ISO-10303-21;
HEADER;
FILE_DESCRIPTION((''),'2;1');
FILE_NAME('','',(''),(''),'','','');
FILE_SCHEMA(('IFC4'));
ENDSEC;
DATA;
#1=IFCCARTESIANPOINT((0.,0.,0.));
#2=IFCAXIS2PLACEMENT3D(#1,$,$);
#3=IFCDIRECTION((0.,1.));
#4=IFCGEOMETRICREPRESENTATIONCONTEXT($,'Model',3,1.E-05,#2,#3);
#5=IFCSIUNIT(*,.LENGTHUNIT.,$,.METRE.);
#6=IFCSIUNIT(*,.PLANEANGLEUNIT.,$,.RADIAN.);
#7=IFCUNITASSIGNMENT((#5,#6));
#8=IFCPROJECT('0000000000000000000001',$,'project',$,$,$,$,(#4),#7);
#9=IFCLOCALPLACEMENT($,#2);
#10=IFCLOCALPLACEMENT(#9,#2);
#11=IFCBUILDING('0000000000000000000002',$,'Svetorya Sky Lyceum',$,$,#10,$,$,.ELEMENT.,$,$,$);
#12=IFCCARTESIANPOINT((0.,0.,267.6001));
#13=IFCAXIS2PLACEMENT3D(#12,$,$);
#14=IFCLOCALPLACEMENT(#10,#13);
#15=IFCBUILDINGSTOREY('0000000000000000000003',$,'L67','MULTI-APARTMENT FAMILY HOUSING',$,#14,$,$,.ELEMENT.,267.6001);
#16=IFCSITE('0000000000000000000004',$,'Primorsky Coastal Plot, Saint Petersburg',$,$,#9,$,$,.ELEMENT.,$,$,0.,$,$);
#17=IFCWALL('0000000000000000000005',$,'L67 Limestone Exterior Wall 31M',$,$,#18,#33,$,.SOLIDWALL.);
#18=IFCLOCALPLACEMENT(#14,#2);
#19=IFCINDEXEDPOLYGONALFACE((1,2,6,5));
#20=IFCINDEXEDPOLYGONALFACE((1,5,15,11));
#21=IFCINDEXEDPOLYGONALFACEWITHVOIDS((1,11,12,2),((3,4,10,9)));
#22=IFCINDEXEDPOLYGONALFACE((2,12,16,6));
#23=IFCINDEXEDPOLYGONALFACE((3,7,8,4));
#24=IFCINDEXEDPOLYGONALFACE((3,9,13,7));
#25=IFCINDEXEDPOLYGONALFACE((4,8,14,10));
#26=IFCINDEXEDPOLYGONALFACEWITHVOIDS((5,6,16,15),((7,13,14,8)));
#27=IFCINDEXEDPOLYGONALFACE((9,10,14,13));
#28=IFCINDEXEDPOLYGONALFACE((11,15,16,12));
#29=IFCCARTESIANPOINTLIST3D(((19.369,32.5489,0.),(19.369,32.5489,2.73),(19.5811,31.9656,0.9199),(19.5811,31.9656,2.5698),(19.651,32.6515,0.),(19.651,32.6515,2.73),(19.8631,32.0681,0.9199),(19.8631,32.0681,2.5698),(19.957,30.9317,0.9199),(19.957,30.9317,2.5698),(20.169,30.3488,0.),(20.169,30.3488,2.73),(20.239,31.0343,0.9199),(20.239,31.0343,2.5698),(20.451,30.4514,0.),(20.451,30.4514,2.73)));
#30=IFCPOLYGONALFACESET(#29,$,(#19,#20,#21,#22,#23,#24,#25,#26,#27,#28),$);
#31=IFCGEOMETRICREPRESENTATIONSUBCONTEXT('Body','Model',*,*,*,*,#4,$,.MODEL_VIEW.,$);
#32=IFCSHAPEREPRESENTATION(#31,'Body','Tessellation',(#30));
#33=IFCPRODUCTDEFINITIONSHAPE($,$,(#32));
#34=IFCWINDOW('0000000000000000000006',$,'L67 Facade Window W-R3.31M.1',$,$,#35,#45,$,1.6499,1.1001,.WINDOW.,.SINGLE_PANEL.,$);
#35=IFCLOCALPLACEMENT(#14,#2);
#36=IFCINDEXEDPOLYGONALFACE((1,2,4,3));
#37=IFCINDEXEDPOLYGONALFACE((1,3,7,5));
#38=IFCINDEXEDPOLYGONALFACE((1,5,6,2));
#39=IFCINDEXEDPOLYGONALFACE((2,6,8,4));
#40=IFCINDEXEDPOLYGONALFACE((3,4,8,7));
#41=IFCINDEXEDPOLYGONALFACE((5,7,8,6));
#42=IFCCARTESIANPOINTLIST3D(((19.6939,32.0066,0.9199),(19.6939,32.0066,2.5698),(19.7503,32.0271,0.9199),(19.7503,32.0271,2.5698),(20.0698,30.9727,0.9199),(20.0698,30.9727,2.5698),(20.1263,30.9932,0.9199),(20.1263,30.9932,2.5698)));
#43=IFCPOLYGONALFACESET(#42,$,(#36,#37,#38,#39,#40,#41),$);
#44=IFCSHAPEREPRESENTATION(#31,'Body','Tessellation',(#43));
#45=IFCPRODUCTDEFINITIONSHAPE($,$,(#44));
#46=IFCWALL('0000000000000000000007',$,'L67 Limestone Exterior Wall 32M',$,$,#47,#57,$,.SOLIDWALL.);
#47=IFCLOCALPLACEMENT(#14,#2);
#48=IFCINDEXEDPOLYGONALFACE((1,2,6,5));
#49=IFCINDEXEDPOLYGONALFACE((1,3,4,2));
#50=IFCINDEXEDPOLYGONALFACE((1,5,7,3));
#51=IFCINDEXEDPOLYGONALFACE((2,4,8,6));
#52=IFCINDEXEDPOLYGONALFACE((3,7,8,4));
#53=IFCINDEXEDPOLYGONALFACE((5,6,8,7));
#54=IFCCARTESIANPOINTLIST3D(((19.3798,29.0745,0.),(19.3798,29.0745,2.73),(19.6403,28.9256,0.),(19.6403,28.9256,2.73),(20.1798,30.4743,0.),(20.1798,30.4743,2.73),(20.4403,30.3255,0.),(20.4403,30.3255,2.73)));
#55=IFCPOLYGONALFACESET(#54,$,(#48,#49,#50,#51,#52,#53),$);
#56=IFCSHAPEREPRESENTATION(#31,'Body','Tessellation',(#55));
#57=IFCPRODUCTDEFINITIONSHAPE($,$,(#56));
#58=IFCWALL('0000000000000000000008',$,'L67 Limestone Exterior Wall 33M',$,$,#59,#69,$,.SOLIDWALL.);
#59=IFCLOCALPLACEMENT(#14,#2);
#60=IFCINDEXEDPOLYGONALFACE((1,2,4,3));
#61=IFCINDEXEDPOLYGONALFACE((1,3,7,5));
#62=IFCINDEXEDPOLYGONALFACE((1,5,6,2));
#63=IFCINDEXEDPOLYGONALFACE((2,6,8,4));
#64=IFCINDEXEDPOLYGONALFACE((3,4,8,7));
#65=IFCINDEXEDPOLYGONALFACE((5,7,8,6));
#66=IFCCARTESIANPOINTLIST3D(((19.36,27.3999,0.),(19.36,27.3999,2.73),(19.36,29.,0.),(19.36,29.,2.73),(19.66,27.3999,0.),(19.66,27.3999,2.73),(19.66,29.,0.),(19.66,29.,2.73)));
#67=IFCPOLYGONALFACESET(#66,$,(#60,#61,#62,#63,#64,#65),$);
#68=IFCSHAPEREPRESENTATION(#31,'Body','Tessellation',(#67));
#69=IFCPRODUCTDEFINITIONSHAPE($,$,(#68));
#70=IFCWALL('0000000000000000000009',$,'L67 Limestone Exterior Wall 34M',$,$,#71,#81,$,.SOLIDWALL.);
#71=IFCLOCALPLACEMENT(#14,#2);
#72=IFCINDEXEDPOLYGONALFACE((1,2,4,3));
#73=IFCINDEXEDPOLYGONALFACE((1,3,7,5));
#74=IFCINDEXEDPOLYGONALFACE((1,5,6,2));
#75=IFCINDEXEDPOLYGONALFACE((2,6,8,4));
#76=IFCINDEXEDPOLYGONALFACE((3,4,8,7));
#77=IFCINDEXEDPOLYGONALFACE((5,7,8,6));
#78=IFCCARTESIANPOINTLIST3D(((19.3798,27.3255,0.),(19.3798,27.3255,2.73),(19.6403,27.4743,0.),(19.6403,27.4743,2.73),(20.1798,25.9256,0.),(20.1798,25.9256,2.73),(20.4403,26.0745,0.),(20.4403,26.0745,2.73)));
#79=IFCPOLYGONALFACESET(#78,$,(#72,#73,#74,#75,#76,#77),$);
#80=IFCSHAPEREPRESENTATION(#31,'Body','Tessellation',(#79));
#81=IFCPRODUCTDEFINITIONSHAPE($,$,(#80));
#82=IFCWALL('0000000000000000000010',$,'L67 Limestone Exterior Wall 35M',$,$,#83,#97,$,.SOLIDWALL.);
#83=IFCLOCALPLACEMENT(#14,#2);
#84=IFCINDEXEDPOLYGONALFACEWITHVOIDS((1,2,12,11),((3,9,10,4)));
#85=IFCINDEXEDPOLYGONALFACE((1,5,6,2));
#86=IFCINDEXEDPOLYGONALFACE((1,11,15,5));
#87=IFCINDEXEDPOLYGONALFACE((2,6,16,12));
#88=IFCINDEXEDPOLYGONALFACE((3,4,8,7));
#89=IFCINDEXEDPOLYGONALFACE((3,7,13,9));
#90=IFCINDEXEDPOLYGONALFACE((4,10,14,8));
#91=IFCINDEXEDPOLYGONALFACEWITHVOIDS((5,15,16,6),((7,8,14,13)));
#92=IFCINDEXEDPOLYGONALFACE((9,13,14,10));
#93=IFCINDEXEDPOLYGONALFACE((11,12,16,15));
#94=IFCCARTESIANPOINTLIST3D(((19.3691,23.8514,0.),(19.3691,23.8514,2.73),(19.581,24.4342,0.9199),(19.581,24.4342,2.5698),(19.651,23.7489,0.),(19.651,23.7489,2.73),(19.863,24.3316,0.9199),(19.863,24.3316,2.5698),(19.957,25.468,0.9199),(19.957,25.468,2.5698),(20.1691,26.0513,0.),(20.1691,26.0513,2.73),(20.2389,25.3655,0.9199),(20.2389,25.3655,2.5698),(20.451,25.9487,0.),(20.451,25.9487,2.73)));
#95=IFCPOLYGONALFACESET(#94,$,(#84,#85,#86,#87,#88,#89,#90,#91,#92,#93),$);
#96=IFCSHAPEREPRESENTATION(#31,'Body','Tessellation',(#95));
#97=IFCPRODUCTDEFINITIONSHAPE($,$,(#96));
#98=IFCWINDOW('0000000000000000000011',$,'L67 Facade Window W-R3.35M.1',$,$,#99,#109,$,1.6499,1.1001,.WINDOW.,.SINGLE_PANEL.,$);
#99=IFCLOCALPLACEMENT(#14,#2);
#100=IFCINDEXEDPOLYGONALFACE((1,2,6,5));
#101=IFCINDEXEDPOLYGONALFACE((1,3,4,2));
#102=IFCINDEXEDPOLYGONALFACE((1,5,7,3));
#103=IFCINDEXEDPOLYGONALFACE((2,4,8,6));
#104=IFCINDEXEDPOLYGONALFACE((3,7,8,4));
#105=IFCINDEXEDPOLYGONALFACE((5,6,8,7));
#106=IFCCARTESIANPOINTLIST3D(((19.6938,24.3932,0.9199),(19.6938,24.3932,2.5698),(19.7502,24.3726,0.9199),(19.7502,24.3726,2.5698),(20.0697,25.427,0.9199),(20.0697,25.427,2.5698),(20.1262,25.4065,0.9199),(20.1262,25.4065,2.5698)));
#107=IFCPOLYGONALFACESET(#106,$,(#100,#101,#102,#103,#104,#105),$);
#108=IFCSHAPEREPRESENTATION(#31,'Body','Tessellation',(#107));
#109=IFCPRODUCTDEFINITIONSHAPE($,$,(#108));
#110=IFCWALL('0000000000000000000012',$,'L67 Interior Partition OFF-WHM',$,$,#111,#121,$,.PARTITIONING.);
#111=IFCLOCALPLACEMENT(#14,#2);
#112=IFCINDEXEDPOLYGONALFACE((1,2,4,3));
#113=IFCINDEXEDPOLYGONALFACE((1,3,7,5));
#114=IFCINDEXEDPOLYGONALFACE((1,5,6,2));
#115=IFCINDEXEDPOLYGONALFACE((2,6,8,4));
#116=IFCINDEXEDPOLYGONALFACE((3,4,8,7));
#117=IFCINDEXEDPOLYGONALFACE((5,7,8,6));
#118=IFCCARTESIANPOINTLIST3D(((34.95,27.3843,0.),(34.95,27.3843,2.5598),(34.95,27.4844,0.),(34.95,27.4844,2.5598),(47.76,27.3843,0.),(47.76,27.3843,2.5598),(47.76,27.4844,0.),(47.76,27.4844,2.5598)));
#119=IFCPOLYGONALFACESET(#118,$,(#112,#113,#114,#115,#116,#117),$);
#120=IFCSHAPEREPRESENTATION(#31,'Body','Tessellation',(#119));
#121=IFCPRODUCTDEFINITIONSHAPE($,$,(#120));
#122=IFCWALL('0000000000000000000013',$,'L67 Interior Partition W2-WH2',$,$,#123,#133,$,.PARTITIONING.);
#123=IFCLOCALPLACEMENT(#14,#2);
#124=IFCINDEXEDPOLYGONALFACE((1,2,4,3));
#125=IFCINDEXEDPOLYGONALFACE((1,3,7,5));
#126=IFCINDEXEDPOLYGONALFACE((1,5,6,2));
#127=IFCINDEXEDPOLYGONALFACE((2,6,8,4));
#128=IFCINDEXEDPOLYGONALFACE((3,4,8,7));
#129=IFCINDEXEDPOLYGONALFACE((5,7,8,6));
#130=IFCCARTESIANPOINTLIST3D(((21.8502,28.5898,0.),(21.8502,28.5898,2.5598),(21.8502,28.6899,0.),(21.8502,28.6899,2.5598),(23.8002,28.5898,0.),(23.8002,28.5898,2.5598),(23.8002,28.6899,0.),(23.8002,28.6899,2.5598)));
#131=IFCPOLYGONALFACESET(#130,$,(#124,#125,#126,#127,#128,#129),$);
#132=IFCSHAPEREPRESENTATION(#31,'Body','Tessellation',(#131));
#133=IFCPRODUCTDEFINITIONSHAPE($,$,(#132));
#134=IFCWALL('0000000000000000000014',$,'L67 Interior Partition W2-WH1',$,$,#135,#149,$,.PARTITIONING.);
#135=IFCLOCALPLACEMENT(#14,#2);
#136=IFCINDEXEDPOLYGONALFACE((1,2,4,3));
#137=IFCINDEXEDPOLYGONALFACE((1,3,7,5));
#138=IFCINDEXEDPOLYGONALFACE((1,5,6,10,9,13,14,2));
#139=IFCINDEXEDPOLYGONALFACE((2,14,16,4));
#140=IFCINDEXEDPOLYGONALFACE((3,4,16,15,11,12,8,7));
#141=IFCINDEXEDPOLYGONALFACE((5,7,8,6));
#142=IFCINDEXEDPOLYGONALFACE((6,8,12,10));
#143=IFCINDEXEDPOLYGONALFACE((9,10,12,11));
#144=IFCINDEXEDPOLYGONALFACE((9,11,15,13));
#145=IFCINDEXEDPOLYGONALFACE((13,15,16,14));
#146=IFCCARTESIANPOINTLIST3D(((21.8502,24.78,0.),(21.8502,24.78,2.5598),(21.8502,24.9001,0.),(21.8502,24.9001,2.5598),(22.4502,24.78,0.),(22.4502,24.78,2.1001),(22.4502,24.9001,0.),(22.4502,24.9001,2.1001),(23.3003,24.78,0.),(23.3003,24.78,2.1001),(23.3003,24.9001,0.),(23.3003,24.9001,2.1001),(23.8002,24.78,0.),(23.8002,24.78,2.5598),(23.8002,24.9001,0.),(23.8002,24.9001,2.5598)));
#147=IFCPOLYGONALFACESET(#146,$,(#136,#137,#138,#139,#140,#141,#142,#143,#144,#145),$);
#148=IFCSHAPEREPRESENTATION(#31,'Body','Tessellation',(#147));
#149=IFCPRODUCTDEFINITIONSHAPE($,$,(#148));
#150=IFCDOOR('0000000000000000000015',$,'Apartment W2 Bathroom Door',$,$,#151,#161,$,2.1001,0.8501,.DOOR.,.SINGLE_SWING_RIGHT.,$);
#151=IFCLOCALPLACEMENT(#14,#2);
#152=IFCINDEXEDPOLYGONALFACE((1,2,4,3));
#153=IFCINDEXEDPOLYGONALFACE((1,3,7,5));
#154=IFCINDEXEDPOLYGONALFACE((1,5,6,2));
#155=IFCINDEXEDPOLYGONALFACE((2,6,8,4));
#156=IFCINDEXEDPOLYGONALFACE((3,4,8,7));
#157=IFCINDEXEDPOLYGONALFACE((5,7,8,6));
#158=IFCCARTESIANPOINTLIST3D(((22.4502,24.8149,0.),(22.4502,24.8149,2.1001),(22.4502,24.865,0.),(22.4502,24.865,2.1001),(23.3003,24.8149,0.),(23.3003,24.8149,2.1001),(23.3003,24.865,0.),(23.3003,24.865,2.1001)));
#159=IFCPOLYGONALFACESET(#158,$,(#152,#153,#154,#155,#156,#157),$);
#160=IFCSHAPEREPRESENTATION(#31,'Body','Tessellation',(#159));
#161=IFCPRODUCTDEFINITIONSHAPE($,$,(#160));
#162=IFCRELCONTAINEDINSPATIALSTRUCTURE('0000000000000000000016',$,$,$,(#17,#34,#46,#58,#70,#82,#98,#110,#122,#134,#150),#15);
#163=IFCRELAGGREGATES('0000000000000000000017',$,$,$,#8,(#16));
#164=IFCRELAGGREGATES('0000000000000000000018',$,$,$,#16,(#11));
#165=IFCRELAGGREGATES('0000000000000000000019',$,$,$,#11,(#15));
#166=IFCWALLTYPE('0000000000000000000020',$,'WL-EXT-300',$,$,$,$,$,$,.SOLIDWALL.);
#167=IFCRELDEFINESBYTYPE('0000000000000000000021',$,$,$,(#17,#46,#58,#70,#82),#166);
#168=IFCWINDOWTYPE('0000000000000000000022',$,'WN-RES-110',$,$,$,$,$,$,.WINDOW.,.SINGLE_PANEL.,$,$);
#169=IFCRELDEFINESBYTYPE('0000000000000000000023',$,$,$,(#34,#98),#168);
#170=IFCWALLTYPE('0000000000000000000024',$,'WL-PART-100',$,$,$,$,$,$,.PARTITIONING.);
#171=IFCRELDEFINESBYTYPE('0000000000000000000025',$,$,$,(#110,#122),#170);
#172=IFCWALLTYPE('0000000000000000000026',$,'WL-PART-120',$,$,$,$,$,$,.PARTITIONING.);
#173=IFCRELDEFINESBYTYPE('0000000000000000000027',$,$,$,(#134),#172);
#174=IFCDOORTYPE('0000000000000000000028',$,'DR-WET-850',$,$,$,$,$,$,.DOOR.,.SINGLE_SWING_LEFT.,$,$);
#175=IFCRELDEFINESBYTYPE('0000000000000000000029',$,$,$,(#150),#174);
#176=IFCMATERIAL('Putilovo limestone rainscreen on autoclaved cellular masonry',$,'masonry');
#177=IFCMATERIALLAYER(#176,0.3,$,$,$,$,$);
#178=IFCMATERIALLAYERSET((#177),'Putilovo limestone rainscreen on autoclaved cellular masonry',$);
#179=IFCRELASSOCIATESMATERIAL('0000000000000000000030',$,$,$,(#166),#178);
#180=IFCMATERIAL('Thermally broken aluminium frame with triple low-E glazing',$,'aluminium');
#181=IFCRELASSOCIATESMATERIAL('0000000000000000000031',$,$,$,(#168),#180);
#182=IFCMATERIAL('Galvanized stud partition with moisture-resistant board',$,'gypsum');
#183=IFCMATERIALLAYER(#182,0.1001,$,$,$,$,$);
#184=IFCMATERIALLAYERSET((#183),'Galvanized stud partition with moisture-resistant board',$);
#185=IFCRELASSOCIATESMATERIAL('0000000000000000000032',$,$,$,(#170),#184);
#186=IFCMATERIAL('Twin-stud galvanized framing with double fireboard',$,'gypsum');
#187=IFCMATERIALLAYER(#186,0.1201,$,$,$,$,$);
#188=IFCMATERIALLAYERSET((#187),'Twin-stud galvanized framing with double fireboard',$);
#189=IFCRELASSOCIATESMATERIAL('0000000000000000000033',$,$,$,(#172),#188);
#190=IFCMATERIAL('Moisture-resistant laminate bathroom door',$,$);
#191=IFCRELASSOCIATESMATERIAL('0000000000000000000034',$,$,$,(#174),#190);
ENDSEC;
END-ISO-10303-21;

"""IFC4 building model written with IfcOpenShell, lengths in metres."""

from ifc_helpers import new_model, si_unit, direction, frame, frame_2d, origin, place, context, subcontext, project, spatial, rectangle, extrude, material, layer, layer_set, type_object, element, fill, save


model = new_model("IFC4")

# Units and contexts
model_context = context("Model", 3, precision=1e-05, world=origin(), true_north=direction((0.0, 1.0)))
body_context = subcontext(model_context, "Body", "Model", "MODEL_VIEW")
ifc_project = project(units=[si_unit("LENGTHUNIT", "METRE"), si_unit("PLANEANGLEUNIT", "RADIAN")], contexts=[model_context])

# Site, building, storey
site_placement = place(None, origin())
site = spatial("IfcSite", under=ifc_project, at=site_placement, Name="Primorsky Coastal Plot, Saint Petersburg", CompositionType="ELEMENT", RefElevation=0.0)
building_placement = place(site_placement, origin())
building = spatial("IfcBuilding", under=site, at=building_placement, Name="Svetorya Sky Lyceum", CompositionType="ELEMENT")
storey_placement = place(building_placement, frame((0.0, 0.0, 267.6001)))
storey = spatial("IfcBuildingStorey", under=building, at=storey_placement, Name="L67", Description="MULTI-APARTMENT FAMILY HOUSING", CompositionType="ELEMENT", Elevation=267.6001)

# Wall, opening, window
ifc_material_1 = material(Name="Putilovo limestone rainscreen on autoclaved cellular masonry", Category="masonry")
ifc_layer_1 = layer(ifc_material_1, 0.3)
ifc_layer_set_1 = layer_set([ifc_layer_1], Name="Putilovo limestone rainscreen on autoclaved cellular masonry")
wall_type_1 = type_object("IfcWallType", Name="WL-EXT-300", PredefinedType="SOLIDWALL", material=ifc_layer_set_1)
wall_1_placement = place(storey_placement, frame((19.51, 32.6001, 0.0), z_axis=(0.0, 0.0, 1.0), x_axis=(0.341735, -0.939796, 0.0)))
wall_1 = element("IfcWall", 1, at=wall_1_placement, inside=storey, type_object=wall_type_1, Name="L67 Limestone Exterior Wall 31M", PredefinedType="SOLIDWALL", context=body_context, shape_type="SweptSolid", body=[
    extrude(rectangle(XDim=2.3411, YDim=0.3, at=frame_2d((1.1704, 0.0))), origin(), (0.0, 0.0, 1.0), 2.73),
])
opening_1_placement = place(wall_1_placement, frame((0.6206, 0.0, 0.9199)))
opening_1 = element("IfcOpeningElement", 2, at=opening_1_placement, cuts=wall_1, PredefinedType="OPENING", context=body_context, shape_type="SweptSolid", body=[
    extrude(rectangle(XDim=1.1001, YDim=1.6499, at=frame_2d((0.55, 0.825))), frame((0.0, 0.1599, 0.0), z_axis=(0.0, -1.0, 0.0), x_axis=(1.0, 0.0, 0.0)), (0.0, 0.0, 1.0), 0.3201),
])
ifc_material_2 = material(Name="Thermally broken aluminium frame with triple low-E glazing", Category="aluminium")
window_type = type_object("IfcWindowType", Name="WN-RES-110", PartitioningType="SINGLE_PANEL", PredefinedType="WINDOW", material=ifc_material_2)
window_1_placement = place(opening_1_placement, origin())
window_1 = element("IfcWindow", 3, at=window_1_placement, inside=storey, type_object=window_type, Name="L67 Facade Window W-R3.31M.1", OverallHeight=1.6499, OverallWidth=1.1001, PartitioningType="SINGLE_PANEL", PredefinedType="WINDOW", context=body_context, shape_type="SweptSolid", body=[
    extrude(rectangle(XDim=1.1001, YDim=1.6499, at=frame_2d((0.55, 0.825))), frame((0.0, 0.03, 0.0), z_axis=(0.0, -1.0, 0.0), x_axis=(1.0, 0.0, 0.0)), (0.0, 0.0, 1.0), 0.0601),
])
fill(opening_1, window_1)

# Walls
wall_2_placement = place(storey_placement, frame((20.3101, 30.3999, 0.0), z_axis=(0.0, 0.0, 1.0), x_axis=(-0.496188, -0.868215, 0.0)))
element("IfcWall", 4, at=wall_2_placement, inside=storey, type_object=wall_type_1, Name="L67 Limestone Exterior Wall 32M", PredefinedType="SOLIDWALL", context=body_context, shape_type="SweptSolid", body=[
    extrude(rectangle(XDim=1.6123, YDim=0.3, at=frame_2d((0.8062, 0.0))), origin(), (0.0, 0.0, 1.0), 2.73),
])
wall_3_placement = place(storey_placement, frame((19.51, 29.0, 0.0), z_axis=(0.0, 0.0, 1.0), x_axis=(0.0, -1.0, 0.0)))
element("IfcWall", 5, at=wall_3_placement, inside=storey, type_object=wall_type_1, Name="L67 Limestone Exterior Wall 33M", PredefinedType="SOLIDWALL", context=body_context, shape_type="SweptSolid", body=[
    extrude(rectangle(XDim=1.6001, YDim=0.3, at=frame_2d((0.8, 0.0))), origin(), (0.0, 0.0, 1.0), 2.73),
])
wall_4_placement = place(storey_placement, frame((19.51, 27.3999, 0.0), z_axis=(0.0, 0.0, 1.0), x_axis=(0.496188, -0.868215, 0.0)))
element("IfcWall", 6, at=wall_4_placement, inside=storey, type_object=wall_type_1, Name="L67 Limestone Exterior Wall 34M", PredefinedType="SOLIDWALL", context=body_context, shape_type="SweptSolid", body=[
    extrude(rectangle(XDim=1.6123, YDim=0.3, at=frame_2d((0.8062, 0.0))), origin(), (0.0, 0.0, 1.0), 2.73),
])

# Wall, opening, window
wall_5_placement = place(storey_placement, frame((20.3101, 26.0, 0.0), z_axis=(0.0, 0.0, 1.0), x_axis=(-0.341768, -0.939784, 0.0)))
wall_5 = element("IfcWall", 7, at=wall_5_placement, inside=storey, type_object=wall_type_1, Name="L67 Limestone Exterior Wall 35M", PredefinedType="SOLIDWALL", context=body_context, shape_type="SweptSolid", body=[
    extrude(rectangle(XDim=2.3408, YDim=0.3, at=frame_2d((1.1704, 0.0))), origin(), (0.0, 0.0, 1.0), 2.73),
])
opening_2_placement = place(wall_5_placement, frame((0.6206, 0.0, 0.9199)))
opening_2 = element("IfcOpeningElement", 8, at=opening_2_placement, cuts=wall_5, PredefinedType="OPENING", context=body_context, shape_type="SweptSolid", body=[
    extrude(rectangle(XDim=1.1001, YDim=1.6499, at=frame_2d((0.55, 0.825))), frame((0.0, 0.1599, 0.0), z_axis=(0.0, -1.0, 0.0), x_axis=(1.0, 0.0, 0.0)), (0.0, 0.0, 1.0), 0.3201),
])
window_2_placement = place(opening_2_placement, origin())
window_2 = element("IfcWindow", 9, at=window_2_placement, inside=storey, type_object=window_type, Name="L67 Facade Window W-R3.35M.1", OverallHeight=1.6499, OverallWidth=1.1001, PartitioningType="SINGLE_PANEL", PredefinedType="WINDOW", context=body_context, shape_type="SweptSolid", body=[
    extrude(rectangle(XDim=1.1001, YDim=1.6499, at=frame_2d((0.55, 0.825))), frame((0.0, 0.03, 0.0), z_axis=(0.0, -1.0, 0.0), x_axis=(1.0, 0.0, 0.0)), (0.0, 0.0, 1.0), 0.0601),
])
fill(opening_2, window_2)

# Walls
ifc_material_3 = material(Name="Galvanized stud partition with moisture-resistant board", Category="gypsum")
ifc_layer_2 = layer(ifc_material_3, 0.1001)
ifc_layer_set_2 = layer_set([ifc_layer_2], Name="Galvanized stud partition with moisture-resistant board")
wall_type_2 = type_object("IfcWallType", Name="WL-PART-100", PredefinedType="PARTITIONING", material=ifc_layer_set_2)
wall_6_placement = place(storey_placement, frame((34.95, 27.4343, 0.0), z_axis=(0.0, 0.0, 1.0), x_axis=(1.0, 0.0, 0.0)))
element("IfcWall", 10, at=wall_6_placement, inside=storey, type_object=wall_type_2, Name="L67 Interior Partition OFF-WHM", PredefinedType="PARTITIONING", context=body_context, shape_type="SweptSolid", body=[
    extrude(rectangle(XDim=12.8101, YDim=0.1001, at=frame_2d((6.405, 0.0))), origin(), (0.0, 0.0, 1.0), 2.5598),
])
wall_7_placement = place(storey_placement, frame((21.8501, 28.6399, 0.0), z_axis=(0.0, 0.0, 1.0), x_axis=(1.0, 0.0, 0.0)))
element("IfcWall", 11, at=wall_7_placement, inside=storey, type_object=wall_type_2, Name="L67 Interior Partition W2-WH2", PredefinedType="PARTITIONING", context=body_context, shape_type="SweptSolid", body=[
    extrude(rectangle(XDim=1.95, YDim=0.1001, at=frame_2d((0.9751, 0.0))), origin(), (0.0, 0.0, 1.0), 2.5598),
])

# Wall, opening, door
ifc_material_4 = material(Name="Twin-stud galvanized framing with double fireboard", Category="gypsum")
ifc_layer_3 = layer(ifc_material_4, 0.1201)
ifc_layer_set_3 = layer_set([ifc_layer_3], Name="Twin-stud galvanized framing with double fireboard")
wall_type_3 = type_object("IfcWallType", Name="WL-PART-120", PredefinedType="PARTITIONING", material=ifc_layer_set_3)
wall_8_placement = place(storey_placement, frame((21.8501, 24.8401, 0.0), z_axis=(0.0, 0.0, 1.0), x_axis=(1.0, 0.0, 0.0)))
wall_8 = element("IfcWall", 12, at=wall_8_placement, inside=storey, type_object=wall_type_3, Name="L67 Interior Partition W2-WH1", PredefinedType="PARTITIONING", context=body_context, shape_type="SweptSolid", body=[
    extrude(rectangle(XDim=1.95, YDim=0.1201, at=frame_2d((0.9751, 0.0))), origin(), (0.0, 0.0, 1.0), 2.5598),
])
opening_3_placement = place(wall_8_placement, frame((0.6001, 0.0, 0.0)))
opening_3 = element("IfcOpeningElement", 13, at=opening_3_placement, cuts=wall_8, PredefinedType="OPENING", context=body_context, shape_type="SweptSolid", body=[
    extrude(rectangle(XDim=0.8501, YDim=2.1001, at=frame_2d((0.425, 1.05))), frame((0.0, 0.0701, 0.0), z_axis=(0.0, -1.0, 0.0), x_axis=(1.0, 0.0, 0.0)), (0.0, 0.0, 1.0), 0.1401),
])
ifc_material_5 = material(Name="Moisture-resistant laminate bathroom door")
door_type_1 = type_object("IfcDoorType", Name="DR-WET-850", OperationType="SINGLE_SWING_LEFT", PredefinedType="DOOR", material=ifc_material_5)
door_1_placement = place(opening_3_placement, origin())
door_1 = element("IfcDoor", 14, at=door_1_placement, inside=storey, type_object=door_type_1, Name="Apartment W2 Bathroom Door", OperationType="SINGLE_SWING_RIGHT", OverallHeight=2.1001, OverallWidth=0.8501, PredefinedType="DOOR", context=body_context, shape_type="SweptSolid", body=[
    extrude(rectangle(XDim=0.8501, YDim=2.1001, at=frame_2d((0.425, 1.05))), frame((0.0, 0.0249, 0.0), z_axis=(0.0, -1.0, 0.0), x_axis=(1.0, 0.0, 0.0)), (0.0, 0.0, 1.0), 0.05),
])
fill(opening_3, door_1)

save(model, "model.ifc")
